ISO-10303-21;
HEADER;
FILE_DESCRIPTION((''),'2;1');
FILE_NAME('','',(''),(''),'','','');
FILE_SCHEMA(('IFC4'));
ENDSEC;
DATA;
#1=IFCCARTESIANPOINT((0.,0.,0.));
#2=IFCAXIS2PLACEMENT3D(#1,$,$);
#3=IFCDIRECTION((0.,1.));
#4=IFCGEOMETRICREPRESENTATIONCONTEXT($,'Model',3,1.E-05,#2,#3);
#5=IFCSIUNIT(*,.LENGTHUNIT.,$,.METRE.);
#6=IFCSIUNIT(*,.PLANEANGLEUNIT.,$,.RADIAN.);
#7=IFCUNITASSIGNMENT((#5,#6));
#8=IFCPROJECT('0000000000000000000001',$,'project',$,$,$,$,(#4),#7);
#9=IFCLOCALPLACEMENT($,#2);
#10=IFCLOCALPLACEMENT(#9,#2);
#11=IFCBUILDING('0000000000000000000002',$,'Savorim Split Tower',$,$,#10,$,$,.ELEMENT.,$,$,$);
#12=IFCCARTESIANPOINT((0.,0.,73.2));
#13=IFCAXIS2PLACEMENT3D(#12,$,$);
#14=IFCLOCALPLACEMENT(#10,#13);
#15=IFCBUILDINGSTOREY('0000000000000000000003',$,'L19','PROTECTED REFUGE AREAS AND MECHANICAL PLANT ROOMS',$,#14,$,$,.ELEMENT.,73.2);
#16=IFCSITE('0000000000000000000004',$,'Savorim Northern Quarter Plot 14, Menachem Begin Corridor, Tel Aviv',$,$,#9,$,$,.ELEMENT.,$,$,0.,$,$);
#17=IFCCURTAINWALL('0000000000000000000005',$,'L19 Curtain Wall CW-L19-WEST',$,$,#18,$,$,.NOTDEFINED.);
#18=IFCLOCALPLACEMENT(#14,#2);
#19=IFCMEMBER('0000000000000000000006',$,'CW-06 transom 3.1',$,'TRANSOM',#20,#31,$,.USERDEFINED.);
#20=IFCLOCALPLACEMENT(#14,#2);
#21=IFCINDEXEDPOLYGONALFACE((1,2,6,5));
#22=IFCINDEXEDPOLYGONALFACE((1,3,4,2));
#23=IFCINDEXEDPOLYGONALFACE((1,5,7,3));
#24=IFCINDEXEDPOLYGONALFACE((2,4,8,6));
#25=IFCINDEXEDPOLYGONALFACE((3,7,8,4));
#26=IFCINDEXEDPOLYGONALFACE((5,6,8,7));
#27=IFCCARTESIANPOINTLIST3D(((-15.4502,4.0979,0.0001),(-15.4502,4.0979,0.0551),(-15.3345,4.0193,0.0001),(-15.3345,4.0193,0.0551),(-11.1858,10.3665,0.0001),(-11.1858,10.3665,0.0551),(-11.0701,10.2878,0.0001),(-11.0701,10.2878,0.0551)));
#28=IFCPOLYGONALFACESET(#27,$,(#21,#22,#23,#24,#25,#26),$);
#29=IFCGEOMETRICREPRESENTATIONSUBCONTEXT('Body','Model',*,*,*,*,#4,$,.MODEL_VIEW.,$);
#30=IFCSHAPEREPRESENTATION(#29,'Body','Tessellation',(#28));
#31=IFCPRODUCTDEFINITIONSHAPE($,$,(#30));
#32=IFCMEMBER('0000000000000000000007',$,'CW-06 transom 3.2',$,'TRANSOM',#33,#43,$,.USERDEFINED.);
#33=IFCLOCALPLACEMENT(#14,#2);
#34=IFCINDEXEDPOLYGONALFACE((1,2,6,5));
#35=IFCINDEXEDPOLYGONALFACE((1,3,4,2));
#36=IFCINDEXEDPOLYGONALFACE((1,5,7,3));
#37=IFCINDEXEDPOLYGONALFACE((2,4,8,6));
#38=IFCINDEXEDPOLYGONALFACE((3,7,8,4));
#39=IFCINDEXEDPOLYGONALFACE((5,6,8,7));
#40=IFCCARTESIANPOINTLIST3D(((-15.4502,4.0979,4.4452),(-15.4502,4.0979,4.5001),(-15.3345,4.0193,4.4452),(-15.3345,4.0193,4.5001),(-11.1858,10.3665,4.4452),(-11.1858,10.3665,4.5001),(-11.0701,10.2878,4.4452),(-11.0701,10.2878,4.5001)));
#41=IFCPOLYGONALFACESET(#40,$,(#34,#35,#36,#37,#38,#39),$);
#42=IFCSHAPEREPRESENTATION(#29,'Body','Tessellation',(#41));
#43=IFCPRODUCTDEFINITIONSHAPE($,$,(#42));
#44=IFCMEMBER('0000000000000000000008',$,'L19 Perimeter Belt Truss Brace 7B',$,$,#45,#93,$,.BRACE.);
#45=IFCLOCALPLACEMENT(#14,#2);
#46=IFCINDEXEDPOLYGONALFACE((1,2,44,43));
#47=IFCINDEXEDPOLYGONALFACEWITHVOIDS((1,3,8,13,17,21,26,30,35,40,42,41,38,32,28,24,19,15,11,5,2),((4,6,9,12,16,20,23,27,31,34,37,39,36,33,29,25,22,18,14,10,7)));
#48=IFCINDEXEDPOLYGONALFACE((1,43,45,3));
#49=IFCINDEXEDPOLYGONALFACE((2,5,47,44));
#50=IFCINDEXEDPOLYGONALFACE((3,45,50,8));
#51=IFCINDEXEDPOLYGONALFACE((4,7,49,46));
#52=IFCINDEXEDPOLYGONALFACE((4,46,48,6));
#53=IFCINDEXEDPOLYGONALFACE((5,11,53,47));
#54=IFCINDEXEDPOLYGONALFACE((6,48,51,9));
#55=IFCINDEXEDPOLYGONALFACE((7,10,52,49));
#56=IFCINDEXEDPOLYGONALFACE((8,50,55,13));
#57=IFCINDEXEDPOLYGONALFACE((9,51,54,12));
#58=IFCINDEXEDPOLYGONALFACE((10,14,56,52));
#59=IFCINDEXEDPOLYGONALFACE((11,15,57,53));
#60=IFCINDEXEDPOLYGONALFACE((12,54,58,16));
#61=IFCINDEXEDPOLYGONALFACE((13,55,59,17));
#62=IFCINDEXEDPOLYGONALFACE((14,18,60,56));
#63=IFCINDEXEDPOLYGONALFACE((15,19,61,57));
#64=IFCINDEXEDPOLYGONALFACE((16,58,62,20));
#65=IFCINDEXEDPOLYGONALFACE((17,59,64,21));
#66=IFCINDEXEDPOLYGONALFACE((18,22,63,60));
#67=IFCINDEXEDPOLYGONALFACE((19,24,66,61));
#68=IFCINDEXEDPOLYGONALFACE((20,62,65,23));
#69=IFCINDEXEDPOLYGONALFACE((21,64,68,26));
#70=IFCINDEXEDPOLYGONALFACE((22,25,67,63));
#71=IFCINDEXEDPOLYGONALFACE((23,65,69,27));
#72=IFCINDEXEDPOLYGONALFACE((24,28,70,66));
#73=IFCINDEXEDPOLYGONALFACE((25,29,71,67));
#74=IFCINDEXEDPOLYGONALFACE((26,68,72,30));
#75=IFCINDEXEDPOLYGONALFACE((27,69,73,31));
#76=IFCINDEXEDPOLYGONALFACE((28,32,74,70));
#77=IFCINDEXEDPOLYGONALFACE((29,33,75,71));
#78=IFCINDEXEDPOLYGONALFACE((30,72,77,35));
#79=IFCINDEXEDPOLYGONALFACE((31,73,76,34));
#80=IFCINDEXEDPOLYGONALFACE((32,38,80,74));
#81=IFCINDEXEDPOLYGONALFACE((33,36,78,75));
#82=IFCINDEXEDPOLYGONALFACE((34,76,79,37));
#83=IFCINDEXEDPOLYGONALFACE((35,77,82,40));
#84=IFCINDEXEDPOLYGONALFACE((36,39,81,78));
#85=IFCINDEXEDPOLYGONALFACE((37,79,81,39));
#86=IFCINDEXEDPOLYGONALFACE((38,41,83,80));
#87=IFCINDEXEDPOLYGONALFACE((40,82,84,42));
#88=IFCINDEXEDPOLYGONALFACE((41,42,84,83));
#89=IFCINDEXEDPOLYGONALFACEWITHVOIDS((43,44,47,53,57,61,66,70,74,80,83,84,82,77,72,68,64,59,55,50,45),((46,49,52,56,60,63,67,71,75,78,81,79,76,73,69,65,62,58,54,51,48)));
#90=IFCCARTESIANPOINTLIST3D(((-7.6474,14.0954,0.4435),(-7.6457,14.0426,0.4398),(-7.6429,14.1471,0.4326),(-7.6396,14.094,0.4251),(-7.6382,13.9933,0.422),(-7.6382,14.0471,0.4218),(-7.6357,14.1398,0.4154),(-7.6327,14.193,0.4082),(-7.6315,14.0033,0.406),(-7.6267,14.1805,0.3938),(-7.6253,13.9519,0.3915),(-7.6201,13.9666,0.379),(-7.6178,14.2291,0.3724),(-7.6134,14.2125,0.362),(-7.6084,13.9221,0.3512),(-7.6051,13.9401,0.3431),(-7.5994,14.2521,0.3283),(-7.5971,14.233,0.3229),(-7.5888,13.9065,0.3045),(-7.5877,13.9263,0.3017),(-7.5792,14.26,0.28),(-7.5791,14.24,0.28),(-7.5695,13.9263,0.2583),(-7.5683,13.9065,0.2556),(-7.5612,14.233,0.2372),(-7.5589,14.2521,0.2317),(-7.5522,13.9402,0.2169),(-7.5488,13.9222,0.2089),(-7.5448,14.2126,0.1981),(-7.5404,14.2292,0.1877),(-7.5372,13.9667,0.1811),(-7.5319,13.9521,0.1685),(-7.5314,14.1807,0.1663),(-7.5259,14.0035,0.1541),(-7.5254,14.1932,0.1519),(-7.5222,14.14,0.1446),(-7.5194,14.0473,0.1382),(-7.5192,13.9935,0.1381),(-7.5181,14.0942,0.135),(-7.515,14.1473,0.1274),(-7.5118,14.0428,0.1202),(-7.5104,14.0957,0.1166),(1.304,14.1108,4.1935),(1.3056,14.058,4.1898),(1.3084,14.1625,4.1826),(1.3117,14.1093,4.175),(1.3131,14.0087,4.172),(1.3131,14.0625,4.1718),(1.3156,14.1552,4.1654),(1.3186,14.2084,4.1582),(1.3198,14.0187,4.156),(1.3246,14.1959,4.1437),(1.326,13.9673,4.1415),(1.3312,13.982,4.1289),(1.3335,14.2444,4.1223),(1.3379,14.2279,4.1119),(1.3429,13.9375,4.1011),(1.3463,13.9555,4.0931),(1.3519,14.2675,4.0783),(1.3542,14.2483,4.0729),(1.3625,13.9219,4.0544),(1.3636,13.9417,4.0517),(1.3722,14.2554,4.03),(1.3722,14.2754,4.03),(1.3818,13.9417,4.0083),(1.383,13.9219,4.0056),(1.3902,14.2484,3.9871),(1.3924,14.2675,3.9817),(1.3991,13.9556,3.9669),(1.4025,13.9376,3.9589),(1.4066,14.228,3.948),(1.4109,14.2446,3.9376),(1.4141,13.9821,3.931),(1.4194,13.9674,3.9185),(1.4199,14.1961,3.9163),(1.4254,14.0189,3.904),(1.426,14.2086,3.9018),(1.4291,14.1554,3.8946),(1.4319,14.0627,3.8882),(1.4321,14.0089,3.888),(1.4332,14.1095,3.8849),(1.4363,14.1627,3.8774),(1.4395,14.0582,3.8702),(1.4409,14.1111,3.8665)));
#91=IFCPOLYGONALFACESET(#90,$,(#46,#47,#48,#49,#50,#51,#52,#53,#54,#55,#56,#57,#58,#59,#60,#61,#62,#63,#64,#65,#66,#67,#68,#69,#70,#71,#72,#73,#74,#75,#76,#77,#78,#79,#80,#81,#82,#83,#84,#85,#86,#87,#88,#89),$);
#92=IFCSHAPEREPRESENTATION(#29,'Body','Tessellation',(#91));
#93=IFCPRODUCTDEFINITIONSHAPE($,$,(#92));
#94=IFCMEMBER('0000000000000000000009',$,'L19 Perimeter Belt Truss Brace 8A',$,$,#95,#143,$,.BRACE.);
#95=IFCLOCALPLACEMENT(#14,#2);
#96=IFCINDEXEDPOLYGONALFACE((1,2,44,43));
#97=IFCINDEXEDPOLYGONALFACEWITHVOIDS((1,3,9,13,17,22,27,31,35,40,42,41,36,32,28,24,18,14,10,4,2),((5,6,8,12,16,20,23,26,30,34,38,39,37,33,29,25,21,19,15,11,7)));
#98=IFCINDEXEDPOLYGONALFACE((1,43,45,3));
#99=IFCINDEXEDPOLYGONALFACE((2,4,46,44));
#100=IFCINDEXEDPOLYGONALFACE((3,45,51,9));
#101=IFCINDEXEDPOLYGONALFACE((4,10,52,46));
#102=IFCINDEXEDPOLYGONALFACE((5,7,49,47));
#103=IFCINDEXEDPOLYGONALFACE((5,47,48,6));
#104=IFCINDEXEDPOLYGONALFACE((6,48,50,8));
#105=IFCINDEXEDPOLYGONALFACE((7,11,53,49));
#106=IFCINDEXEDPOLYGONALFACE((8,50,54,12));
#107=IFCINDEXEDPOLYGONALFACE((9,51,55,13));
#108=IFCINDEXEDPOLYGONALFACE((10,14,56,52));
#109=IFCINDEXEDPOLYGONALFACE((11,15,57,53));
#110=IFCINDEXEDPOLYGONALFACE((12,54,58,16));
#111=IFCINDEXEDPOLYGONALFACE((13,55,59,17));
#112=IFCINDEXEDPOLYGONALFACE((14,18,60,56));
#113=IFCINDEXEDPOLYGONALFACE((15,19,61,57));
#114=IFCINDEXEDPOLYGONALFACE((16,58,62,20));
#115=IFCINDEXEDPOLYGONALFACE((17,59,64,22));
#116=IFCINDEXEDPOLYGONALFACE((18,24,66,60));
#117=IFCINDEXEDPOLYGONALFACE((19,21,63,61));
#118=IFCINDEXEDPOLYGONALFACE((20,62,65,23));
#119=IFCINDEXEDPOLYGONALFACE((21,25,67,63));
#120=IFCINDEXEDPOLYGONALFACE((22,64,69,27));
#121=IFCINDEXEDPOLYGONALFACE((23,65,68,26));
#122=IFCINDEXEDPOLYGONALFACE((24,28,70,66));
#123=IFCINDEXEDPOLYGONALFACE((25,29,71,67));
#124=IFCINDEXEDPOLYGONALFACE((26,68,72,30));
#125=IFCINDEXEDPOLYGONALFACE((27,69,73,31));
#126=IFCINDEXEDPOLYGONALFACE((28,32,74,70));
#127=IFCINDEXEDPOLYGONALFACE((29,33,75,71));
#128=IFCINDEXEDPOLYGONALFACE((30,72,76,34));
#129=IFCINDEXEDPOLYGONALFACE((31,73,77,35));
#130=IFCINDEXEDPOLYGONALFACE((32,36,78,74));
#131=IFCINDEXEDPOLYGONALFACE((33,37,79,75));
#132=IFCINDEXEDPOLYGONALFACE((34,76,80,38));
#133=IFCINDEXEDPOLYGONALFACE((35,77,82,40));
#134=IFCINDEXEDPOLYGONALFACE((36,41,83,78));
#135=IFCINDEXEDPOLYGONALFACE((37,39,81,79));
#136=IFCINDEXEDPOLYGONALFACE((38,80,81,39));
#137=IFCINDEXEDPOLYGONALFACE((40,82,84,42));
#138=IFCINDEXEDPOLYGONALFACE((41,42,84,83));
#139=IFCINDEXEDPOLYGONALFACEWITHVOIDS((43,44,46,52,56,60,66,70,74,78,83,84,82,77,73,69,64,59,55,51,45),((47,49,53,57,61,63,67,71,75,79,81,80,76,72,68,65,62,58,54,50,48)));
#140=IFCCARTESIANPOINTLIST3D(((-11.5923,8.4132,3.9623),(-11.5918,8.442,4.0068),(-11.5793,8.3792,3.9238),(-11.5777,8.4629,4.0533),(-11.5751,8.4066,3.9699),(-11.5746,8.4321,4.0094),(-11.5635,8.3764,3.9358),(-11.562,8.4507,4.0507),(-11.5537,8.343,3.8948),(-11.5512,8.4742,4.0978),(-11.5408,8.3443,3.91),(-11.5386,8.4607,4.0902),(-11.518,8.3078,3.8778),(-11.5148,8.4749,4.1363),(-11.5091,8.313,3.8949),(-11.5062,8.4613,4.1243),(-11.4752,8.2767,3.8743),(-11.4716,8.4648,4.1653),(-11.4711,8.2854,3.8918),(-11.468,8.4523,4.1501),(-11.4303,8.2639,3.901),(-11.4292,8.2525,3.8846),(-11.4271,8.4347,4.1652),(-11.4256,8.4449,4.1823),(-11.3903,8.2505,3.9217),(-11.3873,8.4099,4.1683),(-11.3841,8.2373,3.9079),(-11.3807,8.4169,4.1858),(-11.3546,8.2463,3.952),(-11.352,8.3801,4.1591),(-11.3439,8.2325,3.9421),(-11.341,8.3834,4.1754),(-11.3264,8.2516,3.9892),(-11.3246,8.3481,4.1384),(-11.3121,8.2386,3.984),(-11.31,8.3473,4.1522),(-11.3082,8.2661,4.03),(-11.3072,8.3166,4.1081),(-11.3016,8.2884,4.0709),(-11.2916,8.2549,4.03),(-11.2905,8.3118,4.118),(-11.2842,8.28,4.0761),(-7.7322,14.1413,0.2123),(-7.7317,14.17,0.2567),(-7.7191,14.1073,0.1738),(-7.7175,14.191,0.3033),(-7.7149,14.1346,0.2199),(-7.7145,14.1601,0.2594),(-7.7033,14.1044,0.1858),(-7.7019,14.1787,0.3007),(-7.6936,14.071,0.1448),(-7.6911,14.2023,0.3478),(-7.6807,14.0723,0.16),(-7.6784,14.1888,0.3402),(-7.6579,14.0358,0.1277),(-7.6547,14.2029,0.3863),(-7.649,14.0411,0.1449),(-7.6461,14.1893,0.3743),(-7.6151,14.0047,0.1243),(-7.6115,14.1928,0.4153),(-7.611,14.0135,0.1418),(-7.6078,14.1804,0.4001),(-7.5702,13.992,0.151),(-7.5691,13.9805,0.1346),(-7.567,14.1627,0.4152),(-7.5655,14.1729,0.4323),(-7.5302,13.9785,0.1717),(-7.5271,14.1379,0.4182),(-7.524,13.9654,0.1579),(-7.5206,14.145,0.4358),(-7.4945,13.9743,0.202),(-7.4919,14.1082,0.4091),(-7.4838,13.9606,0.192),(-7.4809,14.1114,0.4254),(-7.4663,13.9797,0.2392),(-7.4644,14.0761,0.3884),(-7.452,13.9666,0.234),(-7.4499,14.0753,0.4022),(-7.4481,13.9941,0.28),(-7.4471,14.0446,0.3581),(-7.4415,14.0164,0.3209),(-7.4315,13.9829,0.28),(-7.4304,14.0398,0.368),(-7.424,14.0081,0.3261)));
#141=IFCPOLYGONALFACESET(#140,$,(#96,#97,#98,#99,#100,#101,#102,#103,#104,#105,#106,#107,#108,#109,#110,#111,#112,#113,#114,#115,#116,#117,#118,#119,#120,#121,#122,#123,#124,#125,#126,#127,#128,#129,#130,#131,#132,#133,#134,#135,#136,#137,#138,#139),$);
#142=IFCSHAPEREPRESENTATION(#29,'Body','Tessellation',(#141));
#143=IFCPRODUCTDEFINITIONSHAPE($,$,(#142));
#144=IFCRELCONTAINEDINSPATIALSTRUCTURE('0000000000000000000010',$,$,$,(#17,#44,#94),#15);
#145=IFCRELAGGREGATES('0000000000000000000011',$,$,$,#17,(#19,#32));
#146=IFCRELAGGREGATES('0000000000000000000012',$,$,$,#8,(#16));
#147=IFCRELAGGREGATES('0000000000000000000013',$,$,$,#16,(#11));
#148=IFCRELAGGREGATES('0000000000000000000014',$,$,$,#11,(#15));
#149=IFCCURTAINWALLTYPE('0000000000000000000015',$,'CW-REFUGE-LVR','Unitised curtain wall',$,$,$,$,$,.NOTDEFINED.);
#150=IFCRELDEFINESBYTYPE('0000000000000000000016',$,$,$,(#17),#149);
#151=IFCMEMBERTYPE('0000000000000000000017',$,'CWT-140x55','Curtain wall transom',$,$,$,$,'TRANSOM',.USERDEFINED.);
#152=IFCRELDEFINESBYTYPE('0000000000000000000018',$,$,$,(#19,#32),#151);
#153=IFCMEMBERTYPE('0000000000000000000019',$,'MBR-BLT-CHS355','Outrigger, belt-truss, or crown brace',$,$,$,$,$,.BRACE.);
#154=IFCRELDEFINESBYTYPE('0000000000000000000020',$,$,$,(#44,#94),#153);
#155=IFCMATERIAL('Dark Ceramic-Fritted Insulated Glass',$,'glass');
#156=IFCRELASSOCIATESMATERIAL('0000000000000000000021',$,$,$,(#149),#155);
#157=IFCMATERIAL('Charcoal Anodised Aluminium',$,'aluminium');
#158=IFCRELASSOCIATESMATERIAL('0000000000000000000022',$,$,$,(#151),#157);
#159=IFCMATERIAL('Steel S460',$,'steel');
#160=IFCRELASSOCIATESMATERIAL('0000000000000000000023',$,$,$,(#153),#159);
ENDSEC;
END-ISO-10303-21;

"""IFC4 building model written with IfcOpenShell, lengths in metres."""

from ifc_helpers import new_model, si_unit, direction, frame, origin, origin_2d, place, context, subcontext, project, spatial, rectangle, hollow_circle, extrude, material, material_profile, profile_set, type_object, element, aggregate, save


model = new_model("IFC4")

# Units and contexts
model_context = context("Model", 3, precision=1e-05, world=origin(), true_north=direction((0.0, 1.0)))
body_context = subcontext(model_context, "Body", "Model", "MODEL_VIEW")
ifc_project = project(units=[si_unit("LENGTHUNIT", "METRE"), si_unit("PLANEANGLEUNIT", "RADIAN")], contexts=[model_context])

# Site, building, storey
site_placement = place(None, origin())
site = spatial("IfcSite", under=ifc_project, at=site_placement, Name="Savorim Northern Quarter Plot 14, Menachem Begin Corridor, Tel Aviv", CompositionType="ELEMENT", RefElevation=0.0)
building_placement = place(site_placement, origin())
building = spatial("IfcBuilding", under=site, at=building_placement, Name="Savorim Split Tower", CompositionType="ELEMENT")
storey_placement = place(building_placement, frame((0.0, 0.0, 73.2)))
storey = spatial("IfcBuildingStorey", under=building, at=storey_placement, Name="L19", Description="PROTECTED REFUGE AREAS AND MECHANICAL PLANT ROOMS", CompositionType="ELEMENT", Elevation=73.2)

# Shared definitions
ifc_material_1 = material(Name="Steel S460", Category="steel")

# Curtain wall, members
ifc_material_2 = material(Name="Dark Ceramic-Fritted Insulated Glass", Category="glass")
curtain_wall_type = type_object("IfcCurtainWallType", Name="CW-REFUGE-LVR", Description="Unitised curtain wall", PredefinedType="NOTDEFINED", material=ifc_material_2)
curtain_wall_placement = place(storey_placement, origin())
curtain_wall = element("IfcCurtainWall", 1, at=curtain_wall_placement, inside=storey, type_object=curtain_wall_type, Name="L19 Curtain Wall CW-L19-WEST", PredefinedType="NOTDEFINED")
ifc_material_3 = material(Name="Charcoal Anodised Aluminium", Category="aluminium")
ifc_material_profile_1 = material_profile(ifc_material_3, rectangle(XDim=0.1399, YDim=0.0549, at=origin_2d()), Name="ALU-T 140x55")
ifc_profile_set_1 = profile_set([ifc_material_profile_1], Name="Charcoal Anodised Aluminium")
member_type_1 = type_object("IfcMemberType", Name="CWT-140x55", Description="Curtain wall transom", ElementType="TRANSOM", PredefinedType="USERDEFINED", material=ifc_profile_set_1)
member_1_placement = place(storey_placement, frame((-11.1279, 10.3271, 0.0276), z_axis=(-0.562471, -0.826817, 0.0), x_axis=(0.826817, -0.562471, 0.0)))
member_1 = element("IfcMember", 2, at=member_1_placement, type_object=member_type_1, Name="CW-06 transom 3.1", ObjectType="TRANSOM", PredefinedType="USERDEFINED", context=body_context, shape_type="SweptSolid", body=[
    extrude(rectangle(XDim=0.1399, YDim=0.0549, at=origin_2d()), origin(), (0.0, 0.0, 1.0), 7.5815),
])
member_2_placement = place(storey_placement, frame((-11.1279, 10.3271, 4.4727), z_axis=(-0.562471, -0.826817, 0.0), x_axis=(0.826817, -0.562471, 0.0)))
member_2 = element("IfcMember", 3, at=member_2_placement, type_object=member_type_1, Name="CW-06 transom 3.2", ObjectType="TRANSOM", PredefinedType="USERDEFINED", context=body_context, shape_type="SweptSolid", body=[
    extrude(rectangle(XDim=0.1399, YDim=0.0549, at=origin_2d()), origin(), (0.0, 0.0, 1.0), 7.5815),
])

# Members
ifc_material_profile_2 = material_profile(ifc_material_1, hollow_circle(Radius=0.1777, WallThickness=0.02, at=origin_2d()), Name="CHS 355.6x20")
ifc_profile_set_2 = profile_set([ifc_material_profile_2], Name="Steel S460")
member_type_2 = type_object("IfcMemberType", Name="MBR-BLT-CHS355", Description="Outrigger, belt-truss, or crown brace", PredefinedType="BRACE", material=ifc_profile_set_2)
member_3_placement = place(storey_placement, frame((-7.5789, 14.0823, 0.28), z_axis=(0.922334, 0.001585, 0.386391), x_axis=(-0.001718, 0.999999, 0.0)))
element("IfcMember", 4, at=member_3_placement, inside=storey, type_object=member_type_2, Name="L19 Perimeter Belt Truss Brace 7B", PredefinedType="BRACE", context=body_context, shape_type="SweptSolid", body=[
    extrude(hollow_circle(Radius=0.1777, WallThickness=0.02, at=origin_2d()), origin(), (0.0, 0.0, 1.0), 9.7051),
])
member_4_placement = place(storey_placement, frame((-7.5789, 14.0823, 0.28), z_axis=(-0.491133, -0.728794, 0.477124), x_axis=(0.829272, -0.558845, 0.0)))
element("IfcMember", 5, at=member_4_placement, inside=storey, type_object=member_type_2, Name="L19 Perimeter Belt Truss Brace 8A", PredefinedType="BRACE", context=body_context, shape_type="SweptSolid", body=[
    extrude(hollow_circle(Radius=0.1777, WallThickness=0.02, at=origin_2d()), origin(), (0.0, 0.0, 1.0), 7.8596),
])

aggregate(curtain_wall, [member_1, member_2])

save(model, "model.ifc")
